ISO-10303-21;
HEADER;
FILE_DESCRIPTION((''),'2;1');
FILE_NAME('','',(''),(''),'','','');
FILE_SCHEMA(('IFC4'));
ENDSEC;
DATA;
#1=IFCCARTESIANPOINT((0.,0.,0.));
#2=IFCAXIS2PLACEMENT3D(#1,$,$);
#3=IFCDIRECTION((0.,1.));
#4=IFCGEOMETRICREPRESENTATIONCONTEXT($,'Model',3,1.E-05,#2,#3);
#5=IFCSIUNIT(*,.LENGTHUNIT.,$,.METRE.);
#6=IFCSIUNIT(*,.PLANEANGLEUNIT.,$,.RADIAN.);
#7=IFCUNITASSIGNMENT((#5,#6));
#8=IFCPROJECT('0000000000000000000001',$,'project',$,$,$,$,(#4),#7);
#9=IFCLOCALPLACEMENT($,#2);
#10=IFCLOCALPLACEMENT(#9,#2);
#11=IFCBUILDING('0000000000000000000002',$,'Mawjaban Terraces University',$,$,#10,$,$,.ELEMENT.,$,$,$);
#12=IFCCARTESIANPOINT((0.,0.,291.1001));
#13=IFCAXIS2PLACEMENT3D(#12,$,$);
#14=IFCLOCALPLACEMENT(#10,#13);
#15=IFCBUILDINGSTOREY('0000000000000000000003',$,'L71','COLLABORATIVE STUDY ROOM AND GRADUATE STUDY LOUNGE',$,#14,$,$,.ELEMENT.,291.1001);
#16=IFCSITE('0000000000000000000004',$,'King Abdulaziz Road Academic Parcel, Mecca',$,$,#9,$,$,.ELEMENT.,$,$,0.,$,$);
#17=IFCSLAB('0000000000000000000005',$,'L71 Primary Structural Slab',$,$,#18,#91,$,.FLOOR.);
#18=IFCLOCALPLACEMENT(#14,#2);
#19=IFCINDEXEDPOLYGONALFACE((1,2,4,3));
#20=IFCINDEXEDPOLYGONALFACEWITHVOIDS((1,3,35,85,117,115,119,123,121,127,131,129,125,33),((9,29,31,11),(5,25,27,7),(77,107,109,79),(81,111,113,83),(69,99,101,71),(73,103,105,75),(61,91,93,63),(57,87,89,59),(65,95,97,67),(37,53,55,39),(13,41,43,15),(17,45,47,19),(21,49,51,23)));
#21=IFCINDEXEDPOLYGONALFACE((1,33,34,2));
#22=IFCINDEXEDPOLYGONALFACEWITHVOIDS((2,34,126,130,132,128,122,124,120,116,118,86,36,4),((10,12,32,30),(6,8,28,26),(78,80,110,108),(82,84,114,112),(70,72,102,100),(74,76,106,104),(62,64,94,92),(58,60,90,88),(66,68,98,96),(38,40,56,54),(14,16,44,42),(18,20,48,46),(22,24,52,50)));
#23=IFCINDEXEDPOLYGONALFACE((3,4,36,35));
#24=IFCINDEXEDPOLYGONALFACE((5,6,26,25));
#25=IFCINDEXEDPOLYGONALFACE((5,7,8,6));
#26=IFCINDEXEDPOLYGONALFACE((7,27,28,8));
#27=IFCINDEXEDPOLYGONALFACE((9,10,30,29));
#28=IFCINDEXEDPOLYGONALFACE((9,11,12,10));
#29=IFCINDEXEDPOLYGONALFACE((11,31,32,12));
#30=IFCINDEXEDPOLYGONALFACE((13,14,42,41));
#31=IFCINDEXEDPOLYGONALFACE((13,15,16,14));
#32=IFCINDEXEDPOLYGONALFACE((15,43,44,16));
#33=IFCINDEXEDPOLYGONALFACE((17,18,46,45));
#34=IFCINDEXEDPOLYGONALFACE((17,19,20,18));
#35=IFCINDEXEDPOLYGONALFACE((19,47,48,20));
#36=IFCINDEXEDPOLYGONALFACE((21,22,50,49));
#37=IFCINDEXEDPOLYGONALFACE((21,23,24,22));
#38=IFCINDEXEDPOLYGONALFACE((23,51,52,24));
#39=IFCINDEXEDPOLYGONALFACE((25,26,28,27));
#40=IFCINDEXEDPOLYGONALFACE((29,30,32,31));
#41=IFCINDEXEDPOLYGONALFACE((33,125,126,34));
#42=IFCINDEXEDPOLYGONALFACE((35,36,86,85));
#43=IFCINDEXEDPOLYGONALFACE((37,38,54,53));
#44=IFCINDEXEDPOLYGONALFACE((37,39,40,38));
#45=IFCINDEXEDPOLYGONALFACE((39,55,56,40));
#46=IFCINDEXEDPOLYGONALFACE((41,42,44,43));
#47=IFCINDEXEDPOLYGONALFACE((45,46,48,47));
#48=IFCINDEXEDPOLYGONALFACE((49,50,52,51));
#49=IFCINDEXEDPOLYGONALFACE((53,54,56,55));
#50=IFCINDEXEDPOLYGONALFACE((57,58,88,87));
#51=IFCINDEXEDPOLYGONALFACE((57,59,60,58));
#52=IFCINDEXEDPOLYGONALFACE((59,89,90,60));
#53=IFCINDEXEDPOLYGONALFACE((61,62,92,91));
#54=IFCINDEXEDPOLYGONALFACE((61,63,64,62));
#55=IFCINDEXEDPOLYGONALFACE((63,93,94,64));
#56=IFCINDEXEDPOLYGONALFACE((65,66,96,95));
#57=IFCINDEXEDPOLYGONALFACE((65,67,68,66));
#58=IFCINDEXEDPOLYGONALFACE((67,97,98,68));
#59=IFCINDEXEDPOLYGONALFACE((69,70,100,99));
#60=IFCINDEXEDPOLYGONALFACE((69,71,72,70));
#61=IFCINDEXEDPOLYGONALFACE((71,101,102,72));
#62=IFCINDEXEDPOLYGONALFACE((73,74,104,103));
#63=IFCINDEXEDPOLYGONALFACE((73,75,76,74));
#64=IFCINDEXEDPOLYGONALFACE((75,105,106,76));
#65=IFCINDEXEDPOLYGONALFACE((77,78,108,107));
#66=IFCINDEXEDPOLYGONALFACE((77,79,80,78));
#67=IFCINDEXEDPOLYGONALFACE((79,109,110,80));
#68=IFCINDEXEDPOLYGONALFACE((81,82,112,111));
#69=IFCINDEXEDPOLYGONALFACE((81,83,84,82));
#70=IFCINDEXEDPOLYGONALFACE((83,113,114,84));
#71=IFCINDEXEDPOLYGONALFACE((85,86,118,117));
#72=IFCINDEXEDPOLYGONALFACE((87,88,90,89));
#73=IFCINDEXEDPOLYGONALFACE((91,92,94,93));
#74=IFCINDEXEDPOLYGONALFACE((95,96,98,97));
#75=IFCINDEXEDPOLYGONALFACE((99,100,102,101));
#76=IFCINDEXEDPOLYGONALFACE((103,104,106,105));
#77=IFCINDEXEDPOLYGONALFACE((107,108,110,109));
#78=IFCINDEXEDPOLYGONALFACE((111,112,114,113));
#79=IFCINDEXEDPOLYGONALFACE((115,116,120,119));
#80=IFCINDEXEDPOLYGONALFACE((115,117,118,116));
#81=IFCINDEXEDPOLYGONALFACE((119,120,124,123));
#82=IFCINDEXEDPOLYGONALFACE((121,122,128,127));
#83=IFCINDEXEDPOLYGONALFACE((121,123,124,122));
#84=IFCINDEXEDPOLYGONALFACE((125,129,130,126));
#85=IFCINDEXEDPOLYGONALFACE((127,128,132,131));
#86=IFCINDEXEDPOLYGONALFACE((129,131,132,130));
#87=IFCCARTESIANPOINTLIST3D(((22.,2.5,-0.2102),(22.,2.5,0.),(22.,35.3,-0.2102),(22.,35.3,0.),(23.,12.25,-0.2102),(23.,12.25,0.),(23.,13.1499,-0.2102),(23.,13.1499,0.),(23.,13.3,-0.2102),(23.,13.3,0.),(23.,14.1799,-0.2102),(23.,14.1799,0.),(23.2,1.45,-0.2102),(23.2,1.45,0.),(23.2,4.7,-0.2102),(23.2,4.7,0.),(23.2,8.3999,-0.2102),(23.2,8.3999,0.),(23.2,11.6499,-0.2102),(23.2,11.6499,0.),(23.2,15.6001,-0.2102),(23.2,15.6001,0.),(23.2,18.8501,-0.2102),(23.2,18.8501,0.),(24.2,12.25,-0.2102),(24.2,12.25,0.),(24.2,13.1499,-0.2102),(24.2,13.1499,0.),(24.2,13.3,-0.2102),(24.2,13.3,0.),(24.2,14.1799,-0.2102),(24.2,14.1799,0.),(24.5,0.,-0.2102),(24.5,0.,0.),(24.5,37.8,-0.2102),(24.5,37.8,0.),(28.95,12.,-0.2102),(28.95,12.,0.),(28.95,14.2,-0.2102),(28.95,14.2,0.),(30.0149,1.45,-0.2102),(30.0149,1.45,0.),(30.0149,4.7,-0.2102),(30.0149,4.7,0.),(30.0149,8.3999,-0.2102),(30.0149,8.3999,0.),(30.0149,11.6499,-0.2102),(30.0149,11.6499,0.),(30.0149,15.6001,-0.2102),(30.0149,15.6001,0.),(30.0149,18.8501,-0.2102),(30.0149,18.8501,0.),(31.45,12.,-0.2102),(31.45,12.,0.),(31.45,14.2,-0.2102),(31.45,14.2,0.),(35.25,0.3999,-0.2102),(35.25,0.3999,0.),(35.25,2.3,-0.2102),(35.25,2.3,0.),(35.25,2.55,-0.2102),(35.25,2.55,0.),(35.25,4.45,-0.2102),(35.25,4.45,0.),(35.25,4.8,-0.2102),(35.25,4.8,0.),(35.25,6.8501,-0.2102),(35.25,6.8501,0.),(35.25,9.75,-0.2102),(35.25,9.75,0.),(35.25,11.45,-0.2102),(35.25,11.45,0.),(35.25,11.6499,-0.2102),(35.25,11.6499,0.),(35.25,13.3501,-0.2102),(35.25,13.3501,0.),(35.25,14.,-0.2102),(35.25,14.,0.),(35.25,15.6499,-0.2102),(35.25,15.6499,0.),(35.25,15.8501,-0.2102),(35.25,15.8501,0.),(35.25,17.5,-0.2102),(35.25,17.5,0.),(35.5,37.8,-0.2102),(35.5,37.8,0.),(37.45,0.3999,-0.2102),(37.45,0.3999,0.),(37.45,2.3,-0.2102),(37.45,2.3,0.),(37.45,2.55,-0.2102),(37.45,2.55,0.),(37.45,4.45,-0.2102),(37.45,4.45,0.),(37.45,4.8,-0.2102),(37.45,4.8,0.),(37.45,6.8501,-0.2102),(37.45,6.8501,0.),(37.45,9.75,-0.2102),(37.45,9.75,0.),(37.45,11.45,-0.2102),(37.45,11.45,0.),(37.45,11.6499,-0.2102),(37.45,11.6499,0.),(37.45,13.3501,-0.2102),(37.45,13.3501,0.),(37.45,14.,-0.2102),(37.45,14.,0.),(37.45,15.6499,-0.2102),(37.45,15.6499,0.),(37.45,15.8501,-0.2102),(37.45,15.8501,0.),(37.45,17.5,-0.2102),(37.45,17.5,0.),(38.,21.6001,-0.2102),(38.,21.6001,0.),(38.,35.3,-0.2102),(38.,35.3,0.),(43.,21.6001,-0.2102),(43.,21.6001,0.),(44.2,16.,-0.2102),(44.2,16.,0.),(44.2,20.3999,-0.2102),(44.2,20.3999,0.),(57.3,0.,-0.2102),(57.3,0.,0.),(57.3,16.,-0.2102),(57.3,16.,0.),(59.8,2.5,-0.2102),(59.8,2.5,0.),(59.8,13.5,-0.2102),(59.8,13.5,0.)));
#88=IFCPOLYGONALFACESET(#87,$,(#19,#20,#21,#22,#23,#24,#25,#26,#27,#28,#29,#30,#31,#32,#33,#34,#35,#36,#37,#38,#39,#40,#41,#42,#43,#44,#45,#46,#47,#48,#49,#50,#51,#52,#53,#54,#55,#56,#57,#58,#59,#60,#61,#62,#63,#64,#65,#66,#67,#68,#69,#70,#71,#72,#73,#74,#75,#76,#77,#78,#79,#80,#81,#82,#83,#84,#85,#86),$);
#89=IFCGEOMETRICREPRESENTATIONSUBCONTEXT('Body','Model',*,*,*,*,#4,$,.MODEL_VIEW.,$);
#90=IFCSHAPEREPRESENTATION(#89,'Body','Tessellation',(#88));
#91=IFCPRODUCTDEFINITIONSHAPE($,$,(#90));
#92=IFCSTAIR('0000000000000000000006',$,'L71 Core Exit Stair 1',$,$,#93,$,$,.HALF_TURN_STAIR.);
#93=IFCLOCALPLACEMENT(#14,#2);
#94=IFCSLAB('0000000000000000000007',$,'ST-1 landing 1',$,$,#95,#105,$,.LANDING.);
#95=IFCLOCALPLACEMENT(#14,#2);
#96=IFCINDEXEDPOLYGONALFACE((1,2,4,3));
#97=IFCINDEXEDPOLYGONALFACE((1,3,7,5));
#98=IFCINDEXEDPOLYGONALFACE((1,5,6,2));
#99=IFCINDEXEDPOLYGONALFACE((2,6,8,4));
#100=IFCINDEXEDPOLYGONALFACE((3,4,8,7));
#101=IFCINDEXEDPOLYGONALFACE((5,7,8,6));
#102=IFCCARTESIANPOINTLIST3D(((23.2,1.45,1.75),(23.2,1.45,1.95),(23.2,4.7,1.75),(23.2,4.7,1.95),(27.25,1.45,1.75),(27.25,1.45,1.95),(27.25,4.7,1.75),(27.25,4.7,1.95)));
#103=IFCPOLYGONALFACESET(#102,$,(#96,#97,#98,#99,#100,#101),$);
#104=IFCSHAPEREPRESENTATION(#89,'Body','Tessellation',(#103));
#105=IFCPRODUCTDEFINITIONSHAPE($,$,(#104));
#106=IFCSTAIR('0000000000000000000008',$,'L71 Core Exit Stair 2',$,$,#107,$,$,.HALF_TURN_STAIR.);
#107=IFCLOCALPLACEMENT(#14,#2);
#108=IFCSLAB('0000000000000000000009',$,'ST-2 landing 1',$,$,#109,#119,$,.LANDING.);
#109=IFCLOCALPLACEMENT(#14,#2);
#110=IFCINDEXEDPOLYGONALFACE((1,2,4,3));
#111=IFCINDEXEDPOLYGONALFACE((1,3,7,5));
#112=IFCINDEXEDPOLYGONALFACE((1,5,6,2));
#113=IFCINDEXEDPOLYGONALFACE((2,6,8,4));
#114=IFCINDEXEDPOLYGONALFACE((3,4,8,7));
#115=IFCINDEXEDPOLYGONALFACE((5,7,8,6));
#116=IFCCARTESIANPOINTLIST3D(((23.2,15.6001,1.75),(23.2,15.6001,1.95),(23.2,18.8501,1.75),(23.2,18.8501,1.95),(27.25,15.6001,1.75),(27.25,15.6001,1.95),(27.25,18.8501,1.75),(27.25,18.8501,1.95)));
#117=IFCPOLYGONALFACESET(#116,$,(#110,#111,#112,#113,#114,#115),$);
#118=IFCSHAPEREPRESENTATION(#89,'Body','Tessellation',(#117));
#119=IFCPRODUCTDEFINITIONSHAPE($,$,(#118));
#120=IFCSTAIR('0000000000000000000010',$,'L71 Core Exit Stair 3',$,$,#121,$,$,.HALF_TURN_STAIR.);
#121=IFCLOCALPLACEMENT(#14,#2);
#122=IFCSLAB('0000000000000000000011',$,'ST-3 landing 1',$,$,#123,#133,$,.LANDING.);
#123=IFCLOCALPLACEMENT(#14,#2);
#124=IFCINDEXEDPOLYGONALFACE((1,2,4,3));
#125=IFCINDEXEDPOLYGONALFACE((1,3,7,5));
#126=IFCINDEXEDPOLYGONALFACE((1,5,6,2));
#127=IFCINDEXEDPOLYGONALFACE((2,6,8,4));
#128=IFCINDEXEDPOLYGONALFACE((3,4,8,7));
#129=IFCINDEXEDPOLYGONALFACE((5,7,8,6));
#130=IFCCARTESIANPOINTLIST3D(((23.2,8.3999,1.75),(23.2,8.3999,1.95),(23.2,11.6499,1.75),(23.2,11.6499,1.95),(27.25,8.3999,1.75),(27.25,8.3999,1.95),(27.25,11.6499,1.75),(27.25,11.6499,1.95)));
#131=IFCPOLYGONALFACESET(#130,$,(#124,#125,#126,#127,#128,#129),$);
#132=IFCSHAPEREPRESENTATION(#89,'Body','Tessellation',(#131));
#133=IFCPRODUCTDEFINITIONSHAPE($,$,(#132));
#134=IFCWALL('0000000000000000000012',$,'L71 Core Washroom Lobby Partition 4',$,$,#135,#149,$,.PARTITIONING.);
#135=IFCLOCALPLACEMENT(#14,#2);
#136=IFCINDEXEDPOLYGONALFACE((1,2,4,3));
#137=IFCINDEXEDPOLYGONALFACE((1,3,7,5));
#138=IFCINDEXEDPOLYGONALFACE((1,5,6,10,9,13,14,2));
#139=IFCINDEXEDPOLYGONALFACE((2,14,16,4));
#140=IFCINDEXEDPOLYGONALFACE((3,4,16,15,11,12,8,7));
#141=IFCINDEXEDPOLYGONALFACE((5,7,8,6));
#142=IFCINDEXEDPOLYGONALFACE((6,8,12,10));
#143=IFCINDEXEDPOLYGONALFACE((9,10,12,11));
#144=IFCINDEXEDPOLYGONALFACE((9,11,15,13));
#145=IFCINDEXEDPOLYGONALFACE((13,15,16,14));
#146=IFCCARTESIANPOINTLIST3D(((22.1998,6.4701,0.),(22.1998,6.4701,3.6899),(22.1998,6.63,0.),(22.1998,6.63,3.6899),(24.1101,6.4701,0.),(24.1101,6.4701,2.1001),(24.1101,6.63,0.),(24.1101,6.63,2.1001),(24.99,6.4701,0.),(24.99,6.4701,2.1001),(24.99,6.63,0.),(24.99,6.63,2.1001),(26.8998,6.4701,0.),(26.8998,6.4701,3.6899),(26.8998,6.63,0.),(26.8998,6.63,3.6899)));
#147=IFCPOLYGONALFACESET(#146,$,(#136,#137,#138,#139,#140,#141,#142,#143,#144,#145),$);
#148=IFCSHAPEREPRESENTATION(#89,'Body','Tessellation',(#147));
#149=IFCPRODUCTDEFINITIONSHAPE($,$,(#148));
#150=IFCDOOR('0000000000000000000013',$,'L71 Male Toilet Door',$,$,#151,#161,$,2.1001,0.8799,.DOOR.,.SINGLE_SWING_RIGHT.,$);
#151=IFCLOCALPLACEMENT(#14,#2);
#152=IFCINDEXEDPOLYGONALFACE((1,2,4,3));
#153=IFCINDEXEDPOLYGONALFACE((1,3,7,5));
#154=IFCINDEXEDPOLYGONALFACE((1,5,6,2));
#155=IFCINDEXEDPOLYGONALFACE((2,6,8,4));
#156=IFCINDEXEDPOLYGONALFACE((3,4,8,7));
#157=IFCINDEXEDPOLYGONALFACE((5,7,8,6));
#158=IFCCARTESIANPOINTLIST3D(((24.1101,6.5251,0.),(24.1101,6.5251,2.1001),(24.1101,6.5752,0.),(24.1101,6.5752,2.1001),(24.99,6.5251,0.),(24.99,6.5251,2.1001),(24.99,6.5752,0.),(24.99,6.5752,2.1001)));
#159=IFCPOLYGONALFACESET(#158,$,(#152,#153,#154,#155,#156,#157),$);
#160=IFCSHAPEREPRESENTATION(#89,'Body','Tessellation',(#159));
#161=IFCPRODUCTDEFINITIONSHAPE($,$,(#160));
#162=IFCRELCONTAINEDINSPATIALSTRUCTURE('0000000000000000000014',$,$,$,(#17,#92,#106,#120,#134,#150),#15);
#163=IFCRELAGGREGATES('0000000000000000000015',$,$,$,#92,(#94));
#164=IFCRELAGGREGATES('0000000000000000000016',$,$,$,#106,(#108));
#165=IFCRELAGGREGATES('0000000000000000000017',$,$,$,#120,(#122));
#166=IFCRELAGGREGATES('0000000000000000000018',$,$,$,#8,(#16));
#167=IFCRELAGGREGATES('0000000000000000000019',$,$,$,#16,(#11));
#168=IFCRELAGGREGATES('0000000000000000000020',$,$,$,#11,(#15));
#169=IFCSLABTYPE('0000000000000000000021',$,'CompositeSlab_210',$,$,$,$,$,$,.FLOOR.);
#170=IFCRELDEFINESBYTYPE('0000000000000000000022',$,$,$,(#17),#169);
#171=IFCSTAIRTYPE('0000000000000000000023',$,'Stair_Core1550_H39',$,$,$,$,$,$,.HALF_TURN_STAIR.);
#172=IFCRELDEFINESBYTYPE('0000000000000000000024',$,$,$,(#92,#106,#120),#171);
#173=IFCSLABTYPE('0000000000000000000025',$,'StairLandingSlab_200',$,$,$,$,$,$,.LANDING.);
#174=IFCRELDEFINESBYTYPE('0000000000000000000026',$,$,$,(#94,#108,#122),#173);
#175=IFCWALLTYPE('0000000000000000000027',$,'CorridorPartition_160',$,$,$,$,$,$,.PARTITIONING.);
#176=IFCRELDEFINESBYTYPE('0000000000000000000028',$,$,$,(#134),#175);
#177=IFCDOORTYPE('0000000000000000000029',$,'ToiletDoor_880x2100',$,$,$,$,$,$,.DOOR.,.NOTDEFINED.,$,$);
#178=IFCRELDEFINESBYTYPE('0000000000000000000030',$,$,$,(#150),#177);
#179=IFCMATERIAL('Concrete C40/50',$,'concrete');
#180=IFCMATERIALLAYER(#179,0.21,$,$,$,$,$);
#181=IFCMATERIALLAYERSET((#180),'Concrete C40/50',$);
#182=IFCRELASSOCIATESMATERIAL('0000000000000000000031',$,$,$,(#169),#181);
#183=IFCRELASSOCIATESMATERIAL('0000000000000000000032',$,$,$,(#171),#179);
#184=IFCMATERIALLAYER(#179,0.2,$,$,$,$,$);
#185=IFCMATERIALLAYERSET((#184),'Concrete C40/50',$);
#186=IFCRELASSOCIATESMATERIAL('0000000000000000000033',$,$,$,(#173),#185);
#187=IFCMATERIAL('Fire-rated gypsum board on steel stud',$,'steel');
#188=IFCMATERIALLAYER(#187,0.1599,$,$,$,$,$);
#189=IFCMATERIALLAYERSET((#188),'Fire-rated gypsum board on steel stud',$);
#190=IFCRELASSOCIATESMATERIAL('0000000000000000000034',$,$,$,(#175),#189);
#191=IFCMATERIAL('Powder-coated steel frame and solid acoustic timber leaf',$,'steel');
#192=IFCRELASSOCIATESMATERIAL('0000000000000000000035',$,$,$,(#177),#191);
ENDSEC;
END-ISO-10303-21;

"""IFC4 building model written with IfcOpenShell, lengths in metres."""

from ifc_helpers import new_model, si_unit, direction, frame, frame_2d, origin, place, context, subcontext, project, spatial, polyline, rectangle, outline, extrude, material, layer, layer_set, type_object, element, fill, aggregate, save


model = new_model("IFC4")

# Units and contexts
model_context = context("Model", 3, precision=1e-05, world=origin(), true_north=direction((0.0, 1.0)))
body_context = subcontext(model_context, "Body", "Model", "MODEL_VIEW")
ifc_project = project(units=[si_unit("LENGTHUNIT", "METRE"), si_unit("PLANEANGLEUNIT", "RADIAN")], contexts=[model_context])

# Site, building, storey
site_placement = place(None, origin())
site = spatial("IfcSite", under=ifc_project, at=site_placement, Name="King Abdulaziz Road Academic Parcel, Mecca", CompositionType="ELEMENT", RefElevation=0.0)
building_placement = place(site_placement, origin())
building = spatial("IfcBuilding", under=site, at=building_placement, Name="Mawjaban Terraces University", CompositionType="ELEMENT")
storey_placement = place(building_placement, frame((0.0, 0.0, 291.1001)))
storey = spatial("IfcBuildingStorey", under=building, at=storey_placement, Name="L71", Description="COLLABORATIVE STUDY ROOM AND GRADUATE STUDY LOUNGE", CompositionType="ELEMENT", Elevation=291.1001)

# Slab
ifc_material_1 = material(Name="Concrete C40/50", Category="concrete")
ifc_layer_1 = layer(ifc_material_1, 0.21)
ifc_layer_set_1 = layer_set([ifc_layer_1], Name="Concrete C40/50")
slab_type_1 = type_object("IfcSlabType", Name="CompositeSlab_210", PredefinedType="FLOOR", material=ifc_layer_set_1)
slab_1_placement = place(storey_placement, frame((0.0, 0.0, -0.2102)))
element("IfcSlab", 1, at=slab_1_placement, inside=storey, type_object=slab_type_1, Name="L71 Primary Structural Slab", PredefinedType="FLOOR", context=body_context, shape_type="SweptSolid", body=[
    extrude(outline(polyline([(24.5, 0.0), (57.3, 0.0), (59.8, 2.5), (59.8, 13.5), (57.3, 16.0), (44.2, 16.0), (44.2, 20.3999), (43.0, 21.6001), (38.0, 21.6001), (38.0, 35.3), (35.5, 37.8), (24.5, 37.8), (22.0, 35.3), (22.0, 2.5), (24.5, 0.0)]), holes=[polyline([(30.0149, 4.7), (23.2, 4.7), (23.2, 1.45), (30.0149, 1.45), (30.0149, 4.7)]), polyline([(30.0149, 18.8501), (23.2, 18.8501), (23.2, 15.6001), (30.0149, 15.6001), (30.0149, 18.8501)]), polyline([(30.0149, 11.6499), (23.2, 11.6499), (23.2, 8.3999), (30.0149, 8.3999), (30.0149, 11.6499)]), polyline([(35.25, 0.3999), (37.45, 0.3999), (37.45, 2.3), (35.25, 2.3), (35.25, 0.3999)]), polyline([(35.25, 2.55), (37.45, 2.55), (37.45, 4.45), (35.25, 4.45), (35.25, 2.55)]), polyline([(35.25, 4.8), (37.45, 4.8), (37.45, 6.8501), (35.25, 6.8501), (35.25, 4.8)]), polyline([(35.25, 9.75), (37.45, 9.75), (37.45, 11.45), (35.25, 11.45), (35.25, 9.75)]), polyline([(35.25, 11.6499), (37.45, 11.6499), (37.45, 13.3501), (35.25, 13.3501), (35.25, 11.6499)]), polyline([(28.95, 12.0), (31.45, 12.0), (31.45, 14.2), (28.95, 14.2), (28.95, 12.0)]), polyline([(35.25, 14.0), (37.45, 14.0), (37.45, 15.6499), (35.25, 15.6499), (35.25, 14.0)]), polyline([(35.25, 15.8501), (37.45, 15.8501), (37.45, 17.5), (35.25, 17.5), (35.25, 15.8501)]), polyline([(23.0, 12.25), (24.2, 12.25), (24.2, 13.1499), (23.0, 13.1499), (23.0, 12.25)]), polyline([(23.0, 13.3), (24.2, 13.3), (24.2, 14.1799), (23.0, 14.1799), (23.0, 13.3)])]), origin(), (0.0, 0.0, 1.0), 0.2102),
])

# Stairs, slabs
stair_type = type_object("IfcStairType", Name="Stair_Core1550_H39", PredefinedType="HALF_TURN_STAIR", material=ifc_material_1)
stair_1_placement = place(storey_placement, origin())
stair_1 = element("IfcStair", 2, at=stair_1_placement, inside=storey, type_object=stair_type, Name="L71 Core Exit Stair 1", PredefinedType="HALF_TURN_STAIR")
ifc_layer_2 = layer(ifc_material_1, 0.2)
ifc_layer_set_2 = layer_set([ifc_layer_2], Name="Concrete C40/50")
slab_type_2 = type_object("IfcSlabType", Name="StairLandingSlab_200", PredefinedType="LANDING", material=ifc_layer_set_2)
slab_2_placement = place(storey_placement, frame((0.0, 0.0, 1.75)))
slab_2 = element("IfcSlab", 3, at=slab_2_placement, type_object=slab_type_2, Name="ST-1 landing 1", PredefinedType="LANDING", context=body_context, shape_type="SweptSolid", body=[
    extrude(outline(polyline([(27.25, 4.7), (23.2, 4.7), (23.2, 1.45), (27.25, 1.45), (27.25, 4.7)])), origin(), (0.0, 0.0, 1.0), 0.2),
])
aggregate(stair_1, [slab_2])
stair_2_placement = place(storey_placement, origin())
stair_2 = element("IfcStair", 4, at=stair_2_placement, inside=storey, type_object=stair_type, Name="L71 Core Exit Stair 2", PredefinedType="HALF_TURN_STAIR")
slab_3_placement = place(storey_placement, frame((0.0, 0.0, 1.75)))
slab_3 = element("IfcSlab", 5, at=slab_3_placement, type_object=slab_type_2, Name="ST-2 landing 1", PredefinedType="LANDING", context=body_context, shape_type="SweptSolid", body=[
    extrude(outline(polyline([(27.25, 18.8501), (23.2, 18.8501), (23.2, 15.6001), (27.25, 15.6001), (27.25, 18.8501)])), origin(), (0.0, 0.0, 1.0), 0.2),
])
aggregate(stair_2, [slab_3])
stair_3_placement = place(storey_placement, origin())
stair_3 = element("IfcStair", 6, at=stair_3_placement, inside=storey, type_object=stair_type, Name="L71 Core Exit Stair 3", PredefinedType="HALF_TURN_STAIR")
slab_4_placement = place(storey_placement, frame((0.0, 0.0, 1.75)))
slab_4 = element("IfcSlab", 7, at=slab_4_placement, type_object=slab_type_2, Name="ST-3 landing 1", PredefinedType="LANDING", context=body_context, shape_type="SweptSolid", body=[
    extrude(outline(polyline([(27.25, 11.6499), (23.2, 11.6499), (23.2, 8.3999), (27.25, 8.3999), (27.25, 11.6499)])), origin(), (0.0, 0.0, 1.0), 0.2),
])
aggregate(stair_3, [slab_4])

# Wall, opening, door
ifc_material_2 = material(Name="Fire-rated gypsum board on steel stud", Category="steel")
ifc_layer_3 = layer(ifc_material_2, 0.1599)
ifc_layer_set_3 = layer_set([ifc_layer_3], Name="Fire-rated gypsum board on steel stud")
wall_type_1 = type_object("IfcWallType", Name="CorridorPartition_160", PredefinedType="PARTITIONING", material=ifc_layer_set_3)
wall_1_placement = place(storey_placement, frame((26.8999, 6.55, 0.0), z_axis=(0.0, 0.0, 1.0), x_axis=(-1.0, 0.0, 0.0)))
wall_1 = element("IfcWall", 8, at=wall_1_placement, inside=storey, type_object=wall_type_1, Name="L71 Core Washroom Lobby Partition 4", PredefinedType="PARTITIONING", context=body_context, shape_type="SweptSolid", body=[
    extrude(rectangle(XDim=4.7, YDim=0.1599, at=frame_2d((2.3501, 0.0))), origin(), (0.0, 0.0, 1.0), 3.6899),
])
opening_1_placement = place(wall_1_placement, frame((1.9099, 0.0, 0.0)))
opening_1 = element("IfcOpeningElement", 9, at=opening_1_placement, cuts=wall_1, PredefinedType="OPENING", context=body_context, shape_type="SweptSolid", body=[
    extrude(rectangle(XDim=0.8799, YDim=2.1001, at=frame_2d((0.4399, 1.05))), frame((0.0, 0.0898, 0.0), z_axis=(0.0, -1.0, 0.0), x_axis=(1.0, 0.0, 0.0)), (0.0, 0.0, 1.0), 0.1799),
])
ifc_material_3 = material(Name="Powder-coated steel frame and solid acoustic timber leaf", Category="steel")
door_type = type_object("IfcDoorType", Name="ToiletDoor_880x2100", OperationType="NOTDEFINED", PredefinedType="DOOR", material=ifc_material_3)
door_placement = place(opening_1_placement, origin())
door = element("IfcDoor", 10, at=door_placement, inside=storey, type_object=door_type, Name="L71 Male Toilet Door", OperationType="SINGLE_SWING_RIGHT", OverallHeight=2.1001, OverallWidth=0.8799, PredefinedType="DOOR", context=body_context, shape_type="SweptSolid", body=[
    extrude(rectangle(XDim=0.8799, YDim=2.1001, at=frame_2d((0.4399, 1.05))), frame((0.0, 0.0249, 0.0), z_axis=(0.0, -1.0, 0.0), x_axis=(1.0, 0.0, 0.0)), (0.0, 0.0, 1.0), 0.05),
])
fill(opening_1, door)

save(model, "model.ifc")
